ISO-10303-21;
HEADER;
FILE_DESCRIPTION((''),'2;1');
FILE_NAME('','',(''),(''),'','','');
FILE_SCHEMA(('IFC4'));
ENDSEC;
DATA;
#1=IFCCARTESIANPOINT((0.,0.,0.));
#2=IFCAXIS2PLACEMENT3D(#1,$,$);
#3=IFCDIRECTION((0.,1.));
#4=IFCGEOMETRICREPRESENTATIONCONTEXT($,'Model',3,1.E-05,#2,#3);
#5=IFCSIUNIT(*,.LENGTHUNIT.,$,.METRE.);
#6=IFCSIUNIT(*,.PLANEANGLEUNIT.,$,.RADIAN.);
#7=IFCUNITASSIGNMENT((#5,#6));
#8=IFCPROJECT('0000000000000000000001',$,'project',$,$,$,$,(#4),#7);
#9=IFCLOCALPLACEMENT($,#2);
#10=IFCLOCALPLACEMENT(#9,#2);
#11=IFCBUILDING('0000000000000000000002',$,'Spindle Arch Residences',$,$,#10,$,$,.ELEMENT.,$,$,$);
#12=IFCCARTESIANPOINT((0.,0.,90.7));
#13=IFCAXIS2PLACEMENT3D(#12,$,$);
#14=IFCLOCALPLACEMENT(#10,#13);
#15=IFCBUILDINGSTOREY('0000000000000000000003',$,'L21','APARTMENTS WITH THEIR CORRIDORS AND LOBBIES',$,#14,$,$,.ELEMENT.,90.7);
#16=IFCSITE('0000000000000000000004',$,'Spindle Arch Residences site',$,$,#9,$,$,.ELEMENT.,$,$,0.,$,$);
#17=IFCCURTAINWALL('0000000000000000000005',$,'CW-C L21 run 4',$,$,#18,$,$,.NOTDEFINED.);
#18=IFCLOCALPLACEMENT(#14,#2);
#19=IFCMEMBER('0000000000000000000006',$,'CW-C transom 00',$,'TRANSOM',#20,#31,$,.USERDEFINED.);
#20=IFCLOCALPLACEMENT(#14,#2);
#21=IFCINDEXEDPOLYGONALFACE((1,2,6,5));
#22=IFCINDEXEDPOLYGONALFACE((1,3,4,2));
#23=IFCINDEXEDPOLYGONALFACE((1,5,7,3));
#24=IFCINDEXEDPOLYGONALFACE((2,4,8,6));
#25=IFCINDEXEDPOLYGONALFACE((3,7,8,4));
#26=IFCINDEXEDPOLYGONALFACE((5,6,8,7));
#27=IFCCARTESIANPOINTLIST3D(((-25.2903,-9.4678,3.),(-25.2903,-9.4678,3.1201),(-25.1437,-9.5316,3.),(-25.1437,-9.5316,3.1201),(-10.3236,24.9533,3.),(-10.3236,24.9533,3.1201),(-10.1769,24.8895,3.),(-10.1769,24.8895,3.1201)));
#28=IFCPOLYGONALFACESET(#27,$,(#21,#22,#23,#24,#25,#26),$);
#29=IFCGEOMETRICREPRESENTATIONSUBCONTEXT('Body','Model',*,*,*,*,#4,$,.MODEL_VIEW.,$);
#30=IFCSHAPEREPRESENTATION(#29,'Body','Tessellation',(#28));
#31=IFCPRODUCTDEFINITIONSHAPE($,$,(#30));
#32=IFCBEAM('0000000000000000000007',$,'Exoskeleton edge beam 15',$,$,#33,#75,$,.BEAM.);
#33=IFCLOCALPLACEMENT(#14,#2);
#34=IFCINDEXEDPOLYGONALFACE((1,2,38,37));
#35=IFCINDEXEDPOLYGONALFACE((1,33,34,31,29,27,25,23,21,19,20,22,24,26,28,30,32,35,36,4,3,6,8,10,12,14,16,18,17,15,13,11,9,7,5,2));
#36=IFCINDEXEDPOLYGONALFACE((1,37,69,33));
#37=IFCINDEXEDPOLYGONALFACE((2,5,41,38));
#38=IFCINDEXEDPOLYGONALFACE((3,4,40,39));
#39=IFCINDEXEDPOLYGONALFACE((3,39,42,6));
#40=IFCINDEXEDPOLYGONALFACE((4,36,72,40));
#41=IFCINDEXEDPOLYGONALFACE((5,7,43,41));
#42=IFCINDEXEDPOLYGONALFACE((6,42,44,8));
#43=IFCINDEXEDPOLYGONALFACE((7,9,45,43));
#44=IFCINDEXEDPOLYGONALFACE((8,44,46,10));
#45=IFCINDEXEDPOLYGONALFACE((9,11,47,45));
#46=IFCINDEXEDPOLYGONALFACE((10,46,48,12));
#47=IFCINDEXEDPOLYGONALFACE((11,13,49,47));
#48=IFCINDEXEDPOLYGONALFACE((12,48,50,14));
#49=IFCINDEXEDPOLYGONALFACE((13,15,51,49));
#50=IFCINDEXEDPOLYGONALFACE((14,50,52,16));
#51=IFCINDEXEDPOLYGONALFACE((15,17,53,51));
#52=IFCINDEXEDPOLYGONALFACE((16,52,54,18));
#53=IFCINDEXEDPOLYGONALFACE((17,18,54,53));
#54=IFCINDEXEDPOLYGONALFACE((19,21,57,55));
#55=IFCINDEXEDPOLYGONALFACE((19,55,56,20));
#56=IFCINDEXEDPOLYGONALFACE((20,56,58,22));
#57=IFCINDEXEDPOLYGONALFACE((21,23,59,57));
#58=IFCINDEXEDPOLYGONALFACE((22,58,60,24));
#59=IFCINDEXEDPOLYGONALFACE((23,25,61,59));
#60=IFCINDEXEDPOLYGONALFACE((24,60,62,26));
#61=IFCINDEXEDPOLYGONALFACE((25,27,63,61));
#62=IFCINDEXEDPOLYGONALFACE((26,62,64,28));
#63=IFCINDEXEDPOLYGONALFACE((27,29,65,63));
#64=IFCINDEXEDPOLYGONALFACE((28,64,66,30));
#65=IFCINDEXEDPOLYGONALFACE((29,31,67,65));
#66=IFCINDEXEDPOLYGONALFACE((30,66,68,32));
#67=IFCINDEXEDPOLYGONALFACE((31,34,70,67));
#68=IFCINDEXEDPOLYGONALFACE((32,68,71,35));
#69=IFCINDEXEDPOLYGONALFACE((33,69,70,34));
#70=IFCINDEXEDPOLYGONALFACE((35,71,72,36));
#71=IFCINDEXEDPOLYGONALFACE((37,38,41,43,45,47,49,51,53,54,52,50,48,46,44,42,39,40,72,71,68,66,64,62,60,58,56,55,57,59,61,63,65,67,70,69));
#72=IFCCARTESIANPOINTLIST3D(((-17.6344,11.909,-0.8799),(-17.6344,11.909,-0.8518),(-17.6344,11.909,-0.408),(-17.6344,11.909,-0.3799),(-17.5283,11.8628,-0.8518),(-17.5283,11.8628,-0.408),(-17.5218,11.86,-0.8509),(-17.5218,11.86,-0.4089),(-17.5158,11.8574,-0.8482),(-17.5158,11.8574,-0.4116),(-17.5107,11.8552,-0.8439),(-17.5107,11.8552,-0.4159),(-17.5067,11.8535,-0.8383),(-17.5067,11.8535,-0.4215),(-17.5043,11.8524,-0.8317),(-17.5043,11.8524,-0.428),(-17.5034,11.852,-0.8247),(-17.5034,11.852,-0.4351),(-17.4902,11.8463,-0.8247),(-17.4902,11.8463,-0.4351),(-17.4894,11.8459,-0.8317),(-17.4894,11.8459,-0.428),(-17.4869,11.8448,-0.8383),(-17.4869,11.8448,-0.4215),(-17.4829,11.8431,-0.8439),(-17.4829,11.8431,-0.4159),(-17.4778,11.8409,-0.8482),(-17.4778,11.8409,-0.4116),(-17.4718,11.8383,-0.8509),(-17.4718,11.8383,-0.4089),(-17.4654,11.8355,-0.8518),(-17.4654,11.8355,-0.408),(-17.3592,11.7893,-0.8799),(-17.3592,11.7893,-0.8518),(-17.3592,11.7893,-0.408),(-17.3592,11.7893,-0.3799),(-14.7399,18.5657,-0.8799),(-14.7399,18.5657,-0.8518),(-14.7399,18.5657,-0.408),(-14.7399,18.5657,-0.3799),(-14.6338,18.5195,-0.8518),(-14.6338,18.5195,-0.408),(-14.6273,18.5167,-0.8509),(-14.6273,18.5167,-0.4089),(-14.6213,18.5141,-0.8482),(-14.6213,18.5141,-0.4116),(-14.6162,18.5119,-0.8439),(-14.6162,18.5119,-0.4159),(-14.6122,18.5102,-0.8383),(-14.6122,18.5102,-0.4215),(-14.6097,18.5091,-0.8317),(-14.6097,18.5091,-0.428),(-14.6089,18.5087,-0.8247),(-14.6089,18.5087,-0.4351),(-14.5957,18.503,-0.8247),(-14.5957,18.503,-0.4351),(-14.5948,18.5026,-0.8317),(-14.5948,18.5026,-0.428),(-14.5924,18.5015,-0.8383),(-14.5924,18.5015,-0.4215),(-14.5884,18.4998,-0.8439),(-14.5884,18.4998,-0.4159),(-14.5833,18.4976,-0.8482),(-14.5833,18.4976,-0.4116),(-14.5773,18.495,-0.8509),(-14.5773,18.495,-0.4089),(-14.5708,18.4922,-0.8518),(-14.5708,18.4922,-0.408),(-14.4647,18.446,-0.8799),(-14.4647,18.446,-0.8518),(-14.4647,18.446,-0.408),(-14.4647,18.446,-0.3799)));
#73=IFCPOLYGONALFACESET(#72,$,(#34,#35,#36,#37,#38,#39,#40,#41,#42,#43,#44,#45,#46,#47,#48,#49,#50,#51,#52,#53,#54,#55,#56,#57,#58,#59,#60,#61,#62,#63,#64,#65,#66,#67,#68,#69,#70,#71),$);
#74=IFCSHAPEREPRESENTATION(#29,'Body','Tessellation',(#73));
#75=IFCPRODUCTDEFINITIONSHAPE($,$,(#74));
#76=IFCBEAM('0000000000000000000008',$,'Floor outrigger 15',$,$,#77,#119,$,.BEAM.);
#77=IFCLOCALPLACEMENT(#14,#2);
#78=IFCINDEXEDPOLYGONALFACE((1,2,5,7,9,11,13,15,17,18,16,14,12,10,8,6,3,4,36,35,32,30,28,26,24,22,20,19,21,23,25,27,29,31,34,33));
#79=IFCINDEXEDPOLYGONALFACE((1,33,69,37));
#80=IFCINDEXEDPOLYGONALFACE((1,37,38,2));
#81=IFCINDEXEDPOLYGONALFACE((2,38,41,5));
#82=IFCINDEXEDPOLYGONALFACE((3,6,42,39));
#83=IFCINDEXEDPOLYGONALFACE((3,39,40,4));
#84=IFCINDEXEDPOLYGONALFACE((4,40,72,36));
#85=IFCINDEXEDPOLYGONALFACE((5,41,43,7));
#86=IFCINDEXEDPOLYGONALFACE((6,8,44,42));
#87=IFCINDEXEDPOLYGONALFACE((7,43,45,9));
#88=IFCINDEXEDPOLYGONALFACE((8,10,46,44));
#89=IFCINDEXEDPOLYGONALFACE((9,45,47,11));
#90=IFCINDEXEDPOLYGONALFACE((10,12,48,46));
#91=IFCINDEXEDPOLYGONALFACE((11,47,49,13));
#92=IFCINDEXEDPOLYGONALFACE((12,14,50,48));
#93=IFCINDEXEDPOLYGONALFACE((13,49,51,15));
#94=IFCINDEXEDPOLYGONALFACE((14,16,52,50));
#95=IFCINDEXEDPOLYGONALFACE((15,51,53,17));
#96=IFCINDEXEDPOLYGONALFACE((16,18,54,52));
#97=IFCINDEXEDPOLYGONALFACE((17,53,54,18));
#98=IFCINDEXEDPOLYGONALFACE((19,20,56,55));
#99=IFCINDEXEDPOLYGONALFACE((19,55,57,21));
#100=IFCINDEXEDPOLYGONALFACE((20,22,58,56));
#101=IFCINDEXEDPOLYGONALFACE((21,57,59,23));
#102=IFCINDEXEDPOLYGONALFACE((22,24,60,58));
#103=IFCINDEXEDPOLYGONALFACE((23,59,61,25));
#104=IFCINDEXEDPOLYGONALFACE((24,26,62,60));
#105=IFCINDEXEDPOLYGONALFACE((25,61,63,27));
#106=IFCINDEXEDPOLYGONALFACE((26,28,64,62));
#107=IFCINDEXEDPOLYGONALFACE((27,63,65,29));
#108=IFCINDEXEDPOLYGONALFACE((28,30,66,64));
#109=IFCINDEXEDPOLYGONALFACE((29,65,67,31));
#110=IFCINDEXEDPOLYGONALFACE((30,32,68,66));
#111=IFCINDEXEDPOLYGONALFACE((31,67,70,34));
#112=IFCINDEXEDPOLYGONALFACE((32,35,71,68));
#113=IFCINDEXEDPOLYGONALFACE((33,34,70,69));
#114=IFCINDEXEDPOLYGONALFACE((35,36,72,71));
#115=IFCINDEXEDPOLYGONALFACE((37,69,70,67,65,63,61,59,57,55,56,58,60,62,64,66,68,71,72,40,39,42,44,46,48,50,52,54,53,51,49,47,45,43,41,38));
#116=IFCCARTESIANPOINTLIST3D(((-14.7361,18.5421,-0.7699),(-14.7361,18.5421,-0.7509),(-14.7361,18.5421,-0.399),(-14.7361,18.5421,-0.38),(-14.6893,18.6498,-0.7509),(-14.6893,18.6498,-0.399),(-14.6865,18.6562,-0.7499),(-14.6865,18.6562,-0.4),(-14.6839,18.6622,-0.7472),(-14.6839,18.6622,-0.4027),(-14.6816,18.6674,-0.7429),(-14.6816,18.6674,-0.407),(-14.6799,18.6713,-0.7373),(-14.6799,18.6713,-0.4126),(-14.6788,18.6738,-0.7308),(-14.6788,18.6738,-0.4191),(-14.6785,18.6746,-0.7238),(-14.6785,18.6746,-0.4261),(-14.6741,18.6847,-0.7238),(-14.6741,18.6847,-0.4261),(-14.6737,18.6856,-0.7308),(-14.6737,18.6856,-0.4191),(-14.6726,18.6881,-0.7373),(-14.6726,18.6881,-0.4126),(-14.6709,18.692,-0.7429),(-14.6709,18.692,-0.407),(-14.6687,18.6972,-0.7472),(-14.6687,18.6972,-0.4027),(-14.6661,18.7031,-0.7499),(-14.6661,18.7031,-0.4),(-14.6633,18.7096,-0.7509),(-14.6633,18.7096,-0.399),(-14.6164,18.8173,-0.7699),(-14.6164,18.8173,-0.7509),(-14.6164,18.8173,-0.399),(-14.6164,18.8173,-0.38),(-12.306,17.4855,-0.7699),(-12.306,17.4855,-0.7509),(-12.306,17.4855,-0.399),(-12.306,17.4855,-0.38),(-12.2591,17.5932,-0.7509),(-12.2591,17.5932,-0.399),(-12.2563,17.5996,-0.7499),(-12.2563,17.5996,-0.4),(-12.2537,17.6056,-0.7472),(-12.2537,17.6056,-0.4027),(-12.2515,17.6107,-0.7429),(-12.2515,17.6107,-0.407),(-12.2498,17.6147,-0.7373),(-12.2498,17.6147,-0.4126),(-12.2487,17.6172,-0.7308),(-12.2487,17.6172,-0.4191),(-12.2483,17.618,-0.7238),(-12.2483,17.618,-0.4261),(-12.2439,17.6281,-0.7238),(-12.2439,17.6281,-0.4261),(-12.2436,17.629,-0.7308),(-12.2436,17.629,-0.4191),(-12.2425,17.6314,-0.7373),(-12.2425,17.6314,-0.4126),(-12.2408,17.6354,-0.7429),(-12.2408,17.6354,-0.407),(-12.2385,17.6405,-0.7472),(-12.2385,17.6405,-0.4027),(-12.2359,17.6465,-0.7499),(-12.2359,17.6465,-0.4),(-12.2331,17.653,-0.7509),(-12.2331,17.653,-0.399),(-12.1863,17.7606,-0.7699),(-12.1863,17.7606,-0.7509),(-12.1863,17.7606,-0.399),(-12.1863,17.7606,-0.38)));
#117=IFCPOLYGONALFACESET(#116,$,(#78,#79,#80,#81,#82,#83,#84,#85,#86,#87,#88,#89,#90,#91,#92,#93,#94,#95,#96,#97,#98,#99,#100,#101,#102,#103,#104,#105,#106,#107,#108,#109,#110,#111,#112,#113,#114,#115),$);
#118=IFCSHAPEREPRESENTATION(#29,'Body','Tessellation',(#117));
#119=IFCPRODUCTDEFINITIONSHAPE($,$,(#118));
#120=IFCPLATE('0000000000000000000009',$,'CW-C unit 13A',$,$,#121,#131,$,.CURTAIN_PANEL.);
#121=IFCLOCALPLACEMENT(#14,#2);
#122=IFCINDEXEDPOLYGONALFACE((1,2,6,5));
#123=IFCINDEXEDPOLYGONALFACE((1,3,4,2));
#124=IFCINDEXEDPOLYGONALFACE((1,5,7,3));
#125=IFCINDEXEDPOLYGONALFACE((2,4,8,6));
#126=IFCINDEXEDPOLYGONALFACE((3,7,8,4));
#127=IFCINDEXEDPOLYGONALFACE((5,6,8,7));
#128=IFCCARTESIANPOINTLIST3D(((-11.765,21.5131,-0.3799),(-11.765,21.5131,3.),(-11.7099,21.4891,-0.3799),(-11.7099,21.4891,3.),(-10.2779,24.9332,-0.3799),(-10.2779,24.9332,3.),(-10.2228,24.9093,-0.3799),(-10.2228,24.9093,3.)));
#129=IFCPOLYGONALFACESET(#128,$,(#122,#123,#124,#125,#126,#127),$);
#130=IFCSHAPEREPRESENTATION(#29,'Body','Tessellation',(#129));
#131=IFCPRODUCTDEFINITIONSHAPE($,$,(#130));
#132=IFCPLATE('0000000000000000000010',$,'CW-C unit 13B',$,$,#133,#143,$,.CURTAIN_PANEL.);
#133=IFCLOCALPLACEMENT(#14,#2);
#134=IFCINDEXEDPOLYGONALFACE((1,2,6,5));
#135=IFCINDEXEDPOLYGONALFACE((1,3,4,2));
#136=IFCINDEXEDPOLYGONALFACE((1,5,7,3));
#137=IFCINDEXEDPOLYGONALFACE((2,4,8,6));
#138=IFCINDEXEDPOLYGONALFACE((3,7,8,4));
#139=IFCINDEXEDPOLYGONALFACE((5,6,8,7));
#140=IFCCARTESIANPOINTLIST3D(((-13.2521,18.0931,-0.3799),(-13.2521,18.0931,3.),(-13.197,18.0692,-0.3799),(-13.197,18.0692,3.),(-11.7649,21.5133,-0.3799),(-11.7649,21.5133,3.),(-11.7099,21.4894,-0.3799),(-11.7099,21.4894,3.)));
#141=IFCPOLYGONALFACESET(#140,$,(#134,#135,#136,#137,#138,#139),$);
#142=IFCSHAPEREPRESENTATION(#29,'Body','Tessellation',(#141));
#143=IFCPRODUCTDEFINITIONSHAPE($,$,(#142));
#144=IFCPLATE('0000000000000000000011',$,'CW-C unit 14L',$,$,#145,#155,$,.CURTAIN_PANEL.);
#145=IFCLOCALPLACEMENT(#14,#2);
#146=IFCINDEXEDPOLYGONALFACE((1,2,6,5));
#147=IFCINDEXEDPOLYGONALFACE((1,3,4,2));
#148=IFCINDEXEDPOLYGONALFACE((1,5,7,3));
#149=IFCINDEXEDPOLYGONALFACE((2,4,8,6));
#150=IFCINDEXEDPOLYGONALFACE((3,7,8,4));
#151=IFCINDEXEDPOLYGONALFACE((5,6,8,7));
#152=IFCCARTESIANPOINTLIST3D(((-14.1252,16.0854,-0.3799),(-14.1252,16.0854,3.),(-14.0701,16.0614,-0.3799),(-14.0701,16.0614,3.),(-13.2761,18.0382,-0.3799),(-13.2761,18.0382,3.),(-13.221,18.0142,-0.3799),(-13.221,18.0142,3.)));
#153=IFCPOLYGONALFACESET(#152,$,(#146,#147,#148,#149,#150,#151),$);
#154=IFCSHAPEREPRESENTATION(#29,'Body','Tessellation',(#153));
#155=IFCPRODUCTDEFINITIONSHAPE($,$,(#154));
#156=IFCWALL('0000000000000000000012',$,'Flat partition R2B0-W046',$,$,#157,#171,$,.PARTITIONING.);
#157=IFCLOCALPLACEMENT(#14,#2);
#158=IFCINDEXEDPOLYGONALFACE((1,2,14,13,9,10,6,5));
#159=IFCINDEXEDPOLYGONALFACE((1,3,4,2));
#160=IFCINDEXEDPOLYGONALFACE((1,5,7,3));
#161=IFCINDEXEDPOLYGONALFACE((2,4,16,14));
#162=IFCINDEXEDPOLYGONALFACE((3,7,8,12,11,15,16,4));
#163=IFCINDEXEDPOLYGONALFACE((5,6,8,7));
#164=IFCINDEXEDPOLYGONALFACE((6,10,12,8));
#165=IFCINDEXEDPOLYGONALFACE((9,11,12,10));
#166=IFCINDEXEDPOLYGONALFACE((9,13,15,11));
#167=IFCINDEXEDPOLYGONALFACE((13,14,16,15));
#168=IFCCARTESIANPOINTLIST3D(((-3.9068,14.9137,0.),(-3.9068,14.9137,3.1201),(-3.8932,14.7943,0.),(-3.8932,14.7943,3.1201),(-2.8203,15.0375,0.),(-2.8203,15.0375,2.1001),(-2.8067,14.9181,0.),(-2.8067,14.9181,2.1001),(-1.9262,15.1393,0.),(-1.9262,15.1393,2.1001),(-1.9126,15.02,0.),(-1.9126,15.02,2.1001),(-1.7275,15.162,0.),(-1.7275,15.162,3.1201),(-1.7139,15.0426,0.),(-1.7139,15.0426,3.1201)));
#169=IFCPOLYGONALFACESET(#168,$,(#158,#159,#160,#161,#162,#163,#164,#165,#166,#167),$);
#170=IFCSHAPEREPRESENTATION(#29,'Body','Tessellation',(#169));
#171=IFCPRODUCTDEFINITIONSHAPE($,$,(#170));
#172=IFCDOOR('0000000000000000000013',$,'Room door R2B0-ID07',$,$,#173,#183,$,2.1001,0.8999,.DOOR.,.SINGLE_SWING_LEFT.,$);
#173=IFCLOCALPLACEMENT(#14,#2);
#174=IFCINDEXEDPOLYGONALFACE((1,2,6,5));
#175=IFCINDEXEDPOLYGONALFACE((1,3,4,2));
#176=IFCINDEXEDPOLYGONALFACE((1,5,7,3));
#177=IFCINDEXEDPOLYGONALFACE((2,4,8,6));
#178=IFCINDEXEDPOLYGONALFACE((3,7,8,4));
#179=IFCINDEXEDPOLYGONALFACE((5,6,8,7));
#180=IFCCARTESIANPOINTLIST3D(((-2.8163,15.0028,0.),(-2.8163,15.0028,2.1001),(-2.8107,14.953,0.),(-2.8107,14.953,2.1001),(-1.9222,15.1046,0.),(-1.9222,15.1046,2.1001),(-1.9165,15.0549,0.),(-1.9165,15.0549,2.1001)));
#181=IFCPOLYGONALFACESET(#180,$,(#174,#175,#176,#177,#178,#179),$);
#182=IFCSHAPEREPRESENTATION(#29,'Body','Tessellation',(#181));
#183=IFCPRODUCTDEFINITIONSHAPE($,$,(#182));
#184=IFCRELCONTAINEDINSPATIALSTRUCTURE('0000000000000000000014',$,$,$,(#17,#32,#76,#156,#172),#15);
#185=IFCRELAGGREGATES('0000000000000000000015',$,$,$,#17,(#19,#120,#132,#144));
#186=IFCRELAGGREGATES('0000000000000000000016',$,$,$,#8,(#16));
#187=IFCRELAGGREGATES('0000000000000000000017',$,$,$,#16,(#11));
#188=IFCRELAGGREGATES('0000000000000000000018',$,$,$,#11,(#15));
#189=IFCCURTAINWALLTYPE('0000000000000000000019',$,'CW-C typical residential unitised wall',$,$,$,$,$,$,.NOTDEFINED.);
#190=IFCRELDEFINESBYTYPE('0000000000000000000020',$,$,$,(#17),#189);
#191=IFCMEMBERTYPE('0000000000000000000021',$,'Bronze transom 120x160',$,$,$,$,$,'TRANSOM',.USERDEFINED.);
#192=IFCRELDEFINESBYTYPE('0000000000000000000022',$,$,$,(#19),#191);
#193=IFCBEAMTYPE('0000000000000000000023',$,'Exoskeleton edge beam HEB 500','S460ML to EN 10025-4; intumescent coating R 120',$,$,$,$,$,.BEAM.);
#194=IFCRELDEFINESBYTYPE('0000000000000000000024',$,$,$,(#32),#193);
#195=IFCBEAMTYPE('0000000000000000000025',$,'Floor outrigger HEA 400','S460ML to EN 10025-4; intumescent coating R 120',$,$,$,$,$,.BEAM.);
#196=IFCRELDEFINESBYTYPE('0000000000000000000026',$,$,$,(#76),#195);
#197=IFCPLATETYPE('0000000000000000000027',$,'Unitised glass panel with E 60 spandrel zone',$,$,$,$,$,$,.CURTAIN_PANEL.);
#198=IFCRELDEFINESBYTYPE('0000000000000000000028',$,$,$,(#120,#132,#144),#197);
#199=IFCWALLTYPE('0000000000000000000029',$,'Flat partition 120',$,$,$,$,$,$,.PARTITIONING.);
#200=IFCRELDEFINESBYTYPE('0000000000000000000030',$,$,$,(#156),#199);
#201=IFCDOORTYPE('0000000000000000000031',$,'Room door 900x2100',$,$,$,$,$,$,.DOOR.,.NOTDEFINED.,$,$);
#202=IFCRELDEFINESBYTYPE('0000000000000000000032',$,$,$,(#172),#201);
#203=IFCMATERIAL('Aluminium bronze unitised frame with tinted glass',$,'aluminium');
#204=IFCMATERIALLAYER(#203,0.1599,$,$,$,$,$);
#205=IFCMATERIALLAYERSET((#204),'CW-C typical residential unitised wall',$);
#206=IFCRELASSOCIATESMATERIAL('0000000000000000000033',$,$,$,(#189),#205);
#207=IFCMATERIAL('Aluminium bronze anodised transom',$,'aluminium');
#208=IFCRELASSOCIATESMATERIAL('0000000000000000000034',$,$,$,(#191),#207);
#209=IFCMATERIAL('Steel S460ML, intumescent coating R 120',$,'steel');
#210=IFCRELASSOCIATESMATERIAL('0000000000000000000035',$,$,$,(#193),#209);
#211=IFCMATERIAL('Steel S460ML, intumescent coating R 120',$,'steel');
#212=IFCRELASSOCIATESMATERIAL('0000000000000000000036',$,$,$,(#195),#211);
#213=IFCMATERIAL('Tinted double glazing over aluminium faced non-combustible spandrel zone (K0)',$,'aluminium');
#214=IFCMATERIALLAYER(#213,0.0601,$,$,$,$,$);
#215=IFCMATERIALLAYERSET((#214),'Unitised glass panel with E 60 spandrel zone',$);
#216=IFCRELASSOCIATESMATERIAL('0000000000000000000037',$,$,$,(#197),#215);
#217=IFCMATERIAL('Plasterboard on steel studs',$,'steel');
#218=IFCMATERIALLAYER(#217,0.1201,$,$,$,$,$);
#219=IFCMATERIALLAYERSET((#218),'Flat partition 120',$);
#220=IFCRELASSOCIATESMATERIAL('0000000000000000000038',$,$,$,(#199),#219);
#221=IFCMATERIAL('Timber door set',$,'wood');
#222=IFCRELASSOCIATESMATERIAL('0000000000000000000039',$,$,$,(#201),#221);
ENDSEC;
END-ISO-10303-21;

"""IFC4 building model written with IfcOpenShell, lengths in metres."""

from ifc_helpers import new_model, si_unit, direction, frame, frame_2d, origin, origin_2d, place, context, subcontext, project, spatial, rectangle, i_section, extrude, material, layer, layer_set, material_profile, profile_set, type_object, element, fill, aggregate, save


model = new_model("IFC4")

# Units and contexts
model_context = context("Model", 3, precision=1e-05, world=origin(), true_north=direction((0.0, 1.0)))
body_context = subcontext(model_context, "Body", "Model", "MODEL_VIEW")
ifc_project = project(units=[si_unit("LENGTHUNIT", "METRE"), si_unit("PLANEANGLEUNIT", "RADIAN")], contexts=[model_context])

# Site, building, storey
site_placement = place(None, origin())
site = spatial("IfcSite", under=ifc_project, at=site_placement, Name="Spindle Arch Residences site", CompositionType="ELEMENT", RefElevation=0.0)
building_placement = place(site_placement, origin())
building = spatial("IfcBuilding", under=site, at=building_placement, Name="Spindle Arch Residences", CompositionType="ELEMENT")
storey_placement = place(building_placement, frame((0.0, 0.0, 90.7)))
storey = spatial("IfcBuildingStorey", under=building, at=storey_placement, Name="L21", Description="APARTMENTS WITH THEIR CORRIDORS AND LOBBIES", CompositionType="ELEMENT", Elevation=90.7)

# Curtain wall, member
ifc_material_1 = material(Name="Aluminium bronze unitised frame with tinted glass", Category="aluminium")
ifc_layer_1 = layer(ifc_material_1, 0.1599)
ifc_layer_set_1 = layer_set([ifc_layer_1], Name="CW-C typical residential unitised wall")
curtain_wall_type = type_object("IfcCurtainWallType", Name="CW-C typical residential unitised wall", PredefinedType="NOTDEFINED", material=ifc_layer_set_1)
curtain_wall_placement = place(storey_placement, origin())
curtain_wall = element("IfcCurtainWall", 1, at=curtain_wall_placement, inside=storey, type_object=curtain_wall_type, Name="CW-C L21 run 4", PredefinedType="NOTDEFINED")
ifc_material_2 = material(Name="Aluminium bronze anodised transom", Category="aluminium")
ifc_material_profile_1 = material_profile(ifc_material_2, rectangle(XDim=0.1599, YDim=0.1201, at=origin_2d()), Name="TR 120x160")
ifc_profile_set_1 = profile_set([ifc_material_profile_1], Name="Aluminium bronze anodised transom")
member_type_1 = type_object("IfcMemberType", Name="Bronze transom 120x160", ElementType="TRANSOM", PredefinedType="USERDEFINED", material=ifc_profile_set_1)
member_1_placement = place(storey_placement, frame((-10.2502, 24.9214, 3.0601), z_axis=(-0.39875, -0.91706, 0.0), x_axis=(0.91706, -0.39875, 0.0)))
member_1 = element("IfcMember", 2, at=member_1_placement, type_object=member_type_1, Name="CW-C transom 00", ObjectType="TRANSOM", PredefinedType="USERDEFINED", context=body_context, shape_type="SweptSolid", body=[
    extrude(rectangle(XDim=0.1599, YDim=0.1201, at=origin_2d()), origin(), (0.0, 0.0, 1.0), 37.5342),
])

# Beams
ifc_material_3 = material(Name="Steel S460ML, intumescent coating R 120", Category="steel")
ifc_material_profile_2 = material_profile(ifc_material_3, i_section(OverallWidth=0.3, OverallDepth=0.5, WebThickness=0.0144, FlangeThickness=0.0281, FilletRadius=0.0271, at=origin_2d()), Name="HEB 500")
ifc_profile_set_2 = profile_set([ifc_material_profile_2], Name="Steel S460ML, intumescent coating R 120")
beam_type_1 = type_object("IfcBeamType", Name="Exoskeleton edge beam HEB 500", Description="S460ML to EN 10025-4; intumescent coating R 120", PredefinedType="BEAM", material=ifc_profile_set_2)
beam_1_placement = place(storey_placement, frame((-14.6023, 18.5059, -0.6299), z_axis=(-0.398761, -0.917055, 0.0), x_axis=(0.917055, -0.398761, 0.0)))
element("IfcBeam", 3, at=beam_1_placement, inside=storey, type_object=beam_type_1, Name="Exoskeleton edge beam 15", PredefinedType="BEAM", context=body_context, shape_type="SweptSolid", body=[
    extrude(i_section(OverallWidth=0.3, OverallDepth=0.5, WebThickness=0.0144, FlangeThickness=0.0281, FilletRadius=0.0271, at=origin_2d()), origin(), (0.0, 0.0, 1.0), 7.2588),
])
ifc_material_4 = material(Name="Steel S460ML, intumescent coating R 120", Category="steel")
ifc_material_profile_3 = material_profile(ifc_material_4, i_section(OverallWidth=0.3, OverallDepth=0.3899, WebThickness=0.011, FlangeThickness=0.019, FilletRadius=0.0271, at=origin_2d()), Name="HEA 400")
ifc_profile_set_3 = profile_set([ifc_material_profile_3], Name="Steel S460ML, intumescent coating R 120")
beam_type_2 = type_object("IfcBeamType", Name="Floor outrigger HEA 400", Description="S460ML to EN 10025-4; intumescent coating R 120", PredefinedType="BEAM", material=ifc_profile_set_3)
beam_2_placement = place(storey_placement, frame((-14.6763, 18.6797, -0.575), z_axis=(0.917064, -0.39874, 0.0), x_axis=(0.39874, 0.917064, 0.0)))
element("IfcBeam", 4, at=beam_2_placement, inside=storey, type_object=beam_type_2, Name="Floor outrigger 15", PredefinedType="BEAM", context=body_context, shape_type="SweptSolid", body=[
    extrude(i_section(OverallWidth=0.3, OverallDepth=0.3899, WebThickness=0.011, FlangeThickness=0.019, FilletRadius=0.0271, at=origin_2d()), origin(), (0.0, 0.0, 1.0), 2.6499),
])

# Plates
ifc_material_5 = material(Name="Tinted double glazing over aluminium faced non-combustible spandrel zone (K0)", Category="aluminium")
ifc_layer_2 = layer(ifc_material_5, 0.0601)
ifc_layer_set_2 = layer_set([ifc_layer_2], Name="Unitised glass panel with E 60 spandrel zone")
plate_type = type_object("IfcPlateType", Name="Unitised glass panel with E 60 spandrel zone", PredefinedType="CURTAIN_PANEL", material=ifc_layer_set_2)
plate_1_placement = place(storey_placement, frame((-10.9939, 23.2112, -0.3799), z_axis=(0.0, 0.0, 1.0), x_axis=(-0.398749, -0.91706, 0.0)))
plate_1 = element("IfcPlate", 5, at=plate_1_placement, type_object=plate_type, Name="CW-C unit 13A", PredefinedType="CURTAIN_PANEL", context=body_context, shape_type="SweptSolid", body=[
    extrude(rectangle(XDim=3.7295, YDim=0.0601, at=origin_2d()), origin(), (0.0, 0.0, 1.0), 3.3799),
])
plate_2_placement = place(storey_placement, frame((-12.481, 19.7913, -0.3799), z_axis=(0.0, 0.0, 1.0), x_axis=(-0.398749, -0.91706, 0.0)))
plate_2 = element("IfcPlate", 6, at=plate_2_placement, type_object=plate_type, Name="CW-C unit 13B", PredefinedType="CURTAIN_PANEL", context=body_context, shape_type="SweptSolid", body=[
    extrude(rectangle(XDim=3.7295, YDim=0.0601, at=origin_2d()), origin(), (0.0, 0.0, 1.0), 3.3799),
])
plate_3_placement = place(storey_placement, frame((-13.6731, 17.0498, -0.3799), z_axis=(0.0, 0.0, 1.0), x_axis=(-0.398749, -0.91706, 0.0)))
plate_3 = element("IfcPlate", 7, at=plate_3_placement, type_object=plate_type, Name="CW-C unit 14L", PredefinedType="CURTAIN_PANEL", context=body_context, shape_type="SweptSolid", body=[
    extrude(rectangle(XDim=2.1294, YDim=0.0601, at=origin_2d()), origin(), (0.0, 0.0, 1.0), 3.3799),
])
aggregate(curtain_wall, [member_1, plate_1, plate_2, plate_3])

# Wall, opening, door
ifc_material_6 = material(Name="Plasterboard on steel studs", Category="steel")
ifc_layer_3 = layer(ifc_material_6, 0.1201)
ifc_layer_set_3 = layer_set([ifc_layer_3], Name="Flat partition 120")
wall_type_1 = type_object("IfcWallType", Name="Flat partition 120", PredefinedType="PARTITIONING", material=ifc_layer_set_3)
wall_1_placement = place(storey_placement, frame((-1.7207, 15.1023, 0.0), z_axis=(0.0, 0.0, 1.0), x_axis=(-0.993572, -0.113204, 0.0)))
wall_1 = element("IfcWall", 8, at=wall_1_placement, inside=storey, type_object=wall_type_1, Name="Flat partition R2B0-W046", PredefinedType="PARTITIONING", context=body_context, shape_type="SweptSolid", body=[
    extrude(rectangle(XDim=2.1934, YDim=0.1201, at=frame_2d((1.0967, 0.0))), origin(), (0.0, 0.0, 1.0), 3.1201),
])
opening_1_placement = place(wall_1_placement, frame((0.2, 0.0, 0.0)))
opening_1 = element("IfcOpeningElement", 9, at=opening_1_placement, cuts=wall_1, PredefinedType="OPENING", context=body_context, shape_type="SweptSolid", body=[
    extrude(rectangle(XDim=0.8999, YDim=2.1001, at=frame_2d((0.45, 1.05))), frame((0.0, 0.0701, 0.0), z_axis=(0.0, -1.0, 0.0), x_axis=(1.0, 0.0, 0.0)), (0.0, 0.0, 1.0), 0.1401),
])
ifc_material_7 = material(Name="Timber door set", Category="wood")
door_type_1 = type_object("IfcDoorType", Name="Room door 900x2100", OperationType="NOTDEFINED", PredefinedType="DOOR", material=ifc_material_7)
door_1_placement = place(opening_1_placement, origin())
door_1 = element("IfcDoor", 10, at=door_1_placement, inside=storey, type_object=door_type_1, Name="Room door R2B0-ID07", OperationType="SINGLE_SWING_LEFT", OverallHeight=2.1001, OverallWidth=0.8999, PredefinedType="DOOR", context=body_context, shape_type="SweptSolid", body=[
    extrude(rectangle(XDim=0.8999, YDim=2.1001, at=frame_2d((0.45, 1.05))), frame((0.0, 0.0249, 0.0), z_axis=(0.0, -1.0, 0.0), x_axis=(1.0, 0.0, 0.0)), (0.0, 0.0, 1.0), 0.05),
])
fill(opening_1, door_1)

save(model, "model.ifc")
